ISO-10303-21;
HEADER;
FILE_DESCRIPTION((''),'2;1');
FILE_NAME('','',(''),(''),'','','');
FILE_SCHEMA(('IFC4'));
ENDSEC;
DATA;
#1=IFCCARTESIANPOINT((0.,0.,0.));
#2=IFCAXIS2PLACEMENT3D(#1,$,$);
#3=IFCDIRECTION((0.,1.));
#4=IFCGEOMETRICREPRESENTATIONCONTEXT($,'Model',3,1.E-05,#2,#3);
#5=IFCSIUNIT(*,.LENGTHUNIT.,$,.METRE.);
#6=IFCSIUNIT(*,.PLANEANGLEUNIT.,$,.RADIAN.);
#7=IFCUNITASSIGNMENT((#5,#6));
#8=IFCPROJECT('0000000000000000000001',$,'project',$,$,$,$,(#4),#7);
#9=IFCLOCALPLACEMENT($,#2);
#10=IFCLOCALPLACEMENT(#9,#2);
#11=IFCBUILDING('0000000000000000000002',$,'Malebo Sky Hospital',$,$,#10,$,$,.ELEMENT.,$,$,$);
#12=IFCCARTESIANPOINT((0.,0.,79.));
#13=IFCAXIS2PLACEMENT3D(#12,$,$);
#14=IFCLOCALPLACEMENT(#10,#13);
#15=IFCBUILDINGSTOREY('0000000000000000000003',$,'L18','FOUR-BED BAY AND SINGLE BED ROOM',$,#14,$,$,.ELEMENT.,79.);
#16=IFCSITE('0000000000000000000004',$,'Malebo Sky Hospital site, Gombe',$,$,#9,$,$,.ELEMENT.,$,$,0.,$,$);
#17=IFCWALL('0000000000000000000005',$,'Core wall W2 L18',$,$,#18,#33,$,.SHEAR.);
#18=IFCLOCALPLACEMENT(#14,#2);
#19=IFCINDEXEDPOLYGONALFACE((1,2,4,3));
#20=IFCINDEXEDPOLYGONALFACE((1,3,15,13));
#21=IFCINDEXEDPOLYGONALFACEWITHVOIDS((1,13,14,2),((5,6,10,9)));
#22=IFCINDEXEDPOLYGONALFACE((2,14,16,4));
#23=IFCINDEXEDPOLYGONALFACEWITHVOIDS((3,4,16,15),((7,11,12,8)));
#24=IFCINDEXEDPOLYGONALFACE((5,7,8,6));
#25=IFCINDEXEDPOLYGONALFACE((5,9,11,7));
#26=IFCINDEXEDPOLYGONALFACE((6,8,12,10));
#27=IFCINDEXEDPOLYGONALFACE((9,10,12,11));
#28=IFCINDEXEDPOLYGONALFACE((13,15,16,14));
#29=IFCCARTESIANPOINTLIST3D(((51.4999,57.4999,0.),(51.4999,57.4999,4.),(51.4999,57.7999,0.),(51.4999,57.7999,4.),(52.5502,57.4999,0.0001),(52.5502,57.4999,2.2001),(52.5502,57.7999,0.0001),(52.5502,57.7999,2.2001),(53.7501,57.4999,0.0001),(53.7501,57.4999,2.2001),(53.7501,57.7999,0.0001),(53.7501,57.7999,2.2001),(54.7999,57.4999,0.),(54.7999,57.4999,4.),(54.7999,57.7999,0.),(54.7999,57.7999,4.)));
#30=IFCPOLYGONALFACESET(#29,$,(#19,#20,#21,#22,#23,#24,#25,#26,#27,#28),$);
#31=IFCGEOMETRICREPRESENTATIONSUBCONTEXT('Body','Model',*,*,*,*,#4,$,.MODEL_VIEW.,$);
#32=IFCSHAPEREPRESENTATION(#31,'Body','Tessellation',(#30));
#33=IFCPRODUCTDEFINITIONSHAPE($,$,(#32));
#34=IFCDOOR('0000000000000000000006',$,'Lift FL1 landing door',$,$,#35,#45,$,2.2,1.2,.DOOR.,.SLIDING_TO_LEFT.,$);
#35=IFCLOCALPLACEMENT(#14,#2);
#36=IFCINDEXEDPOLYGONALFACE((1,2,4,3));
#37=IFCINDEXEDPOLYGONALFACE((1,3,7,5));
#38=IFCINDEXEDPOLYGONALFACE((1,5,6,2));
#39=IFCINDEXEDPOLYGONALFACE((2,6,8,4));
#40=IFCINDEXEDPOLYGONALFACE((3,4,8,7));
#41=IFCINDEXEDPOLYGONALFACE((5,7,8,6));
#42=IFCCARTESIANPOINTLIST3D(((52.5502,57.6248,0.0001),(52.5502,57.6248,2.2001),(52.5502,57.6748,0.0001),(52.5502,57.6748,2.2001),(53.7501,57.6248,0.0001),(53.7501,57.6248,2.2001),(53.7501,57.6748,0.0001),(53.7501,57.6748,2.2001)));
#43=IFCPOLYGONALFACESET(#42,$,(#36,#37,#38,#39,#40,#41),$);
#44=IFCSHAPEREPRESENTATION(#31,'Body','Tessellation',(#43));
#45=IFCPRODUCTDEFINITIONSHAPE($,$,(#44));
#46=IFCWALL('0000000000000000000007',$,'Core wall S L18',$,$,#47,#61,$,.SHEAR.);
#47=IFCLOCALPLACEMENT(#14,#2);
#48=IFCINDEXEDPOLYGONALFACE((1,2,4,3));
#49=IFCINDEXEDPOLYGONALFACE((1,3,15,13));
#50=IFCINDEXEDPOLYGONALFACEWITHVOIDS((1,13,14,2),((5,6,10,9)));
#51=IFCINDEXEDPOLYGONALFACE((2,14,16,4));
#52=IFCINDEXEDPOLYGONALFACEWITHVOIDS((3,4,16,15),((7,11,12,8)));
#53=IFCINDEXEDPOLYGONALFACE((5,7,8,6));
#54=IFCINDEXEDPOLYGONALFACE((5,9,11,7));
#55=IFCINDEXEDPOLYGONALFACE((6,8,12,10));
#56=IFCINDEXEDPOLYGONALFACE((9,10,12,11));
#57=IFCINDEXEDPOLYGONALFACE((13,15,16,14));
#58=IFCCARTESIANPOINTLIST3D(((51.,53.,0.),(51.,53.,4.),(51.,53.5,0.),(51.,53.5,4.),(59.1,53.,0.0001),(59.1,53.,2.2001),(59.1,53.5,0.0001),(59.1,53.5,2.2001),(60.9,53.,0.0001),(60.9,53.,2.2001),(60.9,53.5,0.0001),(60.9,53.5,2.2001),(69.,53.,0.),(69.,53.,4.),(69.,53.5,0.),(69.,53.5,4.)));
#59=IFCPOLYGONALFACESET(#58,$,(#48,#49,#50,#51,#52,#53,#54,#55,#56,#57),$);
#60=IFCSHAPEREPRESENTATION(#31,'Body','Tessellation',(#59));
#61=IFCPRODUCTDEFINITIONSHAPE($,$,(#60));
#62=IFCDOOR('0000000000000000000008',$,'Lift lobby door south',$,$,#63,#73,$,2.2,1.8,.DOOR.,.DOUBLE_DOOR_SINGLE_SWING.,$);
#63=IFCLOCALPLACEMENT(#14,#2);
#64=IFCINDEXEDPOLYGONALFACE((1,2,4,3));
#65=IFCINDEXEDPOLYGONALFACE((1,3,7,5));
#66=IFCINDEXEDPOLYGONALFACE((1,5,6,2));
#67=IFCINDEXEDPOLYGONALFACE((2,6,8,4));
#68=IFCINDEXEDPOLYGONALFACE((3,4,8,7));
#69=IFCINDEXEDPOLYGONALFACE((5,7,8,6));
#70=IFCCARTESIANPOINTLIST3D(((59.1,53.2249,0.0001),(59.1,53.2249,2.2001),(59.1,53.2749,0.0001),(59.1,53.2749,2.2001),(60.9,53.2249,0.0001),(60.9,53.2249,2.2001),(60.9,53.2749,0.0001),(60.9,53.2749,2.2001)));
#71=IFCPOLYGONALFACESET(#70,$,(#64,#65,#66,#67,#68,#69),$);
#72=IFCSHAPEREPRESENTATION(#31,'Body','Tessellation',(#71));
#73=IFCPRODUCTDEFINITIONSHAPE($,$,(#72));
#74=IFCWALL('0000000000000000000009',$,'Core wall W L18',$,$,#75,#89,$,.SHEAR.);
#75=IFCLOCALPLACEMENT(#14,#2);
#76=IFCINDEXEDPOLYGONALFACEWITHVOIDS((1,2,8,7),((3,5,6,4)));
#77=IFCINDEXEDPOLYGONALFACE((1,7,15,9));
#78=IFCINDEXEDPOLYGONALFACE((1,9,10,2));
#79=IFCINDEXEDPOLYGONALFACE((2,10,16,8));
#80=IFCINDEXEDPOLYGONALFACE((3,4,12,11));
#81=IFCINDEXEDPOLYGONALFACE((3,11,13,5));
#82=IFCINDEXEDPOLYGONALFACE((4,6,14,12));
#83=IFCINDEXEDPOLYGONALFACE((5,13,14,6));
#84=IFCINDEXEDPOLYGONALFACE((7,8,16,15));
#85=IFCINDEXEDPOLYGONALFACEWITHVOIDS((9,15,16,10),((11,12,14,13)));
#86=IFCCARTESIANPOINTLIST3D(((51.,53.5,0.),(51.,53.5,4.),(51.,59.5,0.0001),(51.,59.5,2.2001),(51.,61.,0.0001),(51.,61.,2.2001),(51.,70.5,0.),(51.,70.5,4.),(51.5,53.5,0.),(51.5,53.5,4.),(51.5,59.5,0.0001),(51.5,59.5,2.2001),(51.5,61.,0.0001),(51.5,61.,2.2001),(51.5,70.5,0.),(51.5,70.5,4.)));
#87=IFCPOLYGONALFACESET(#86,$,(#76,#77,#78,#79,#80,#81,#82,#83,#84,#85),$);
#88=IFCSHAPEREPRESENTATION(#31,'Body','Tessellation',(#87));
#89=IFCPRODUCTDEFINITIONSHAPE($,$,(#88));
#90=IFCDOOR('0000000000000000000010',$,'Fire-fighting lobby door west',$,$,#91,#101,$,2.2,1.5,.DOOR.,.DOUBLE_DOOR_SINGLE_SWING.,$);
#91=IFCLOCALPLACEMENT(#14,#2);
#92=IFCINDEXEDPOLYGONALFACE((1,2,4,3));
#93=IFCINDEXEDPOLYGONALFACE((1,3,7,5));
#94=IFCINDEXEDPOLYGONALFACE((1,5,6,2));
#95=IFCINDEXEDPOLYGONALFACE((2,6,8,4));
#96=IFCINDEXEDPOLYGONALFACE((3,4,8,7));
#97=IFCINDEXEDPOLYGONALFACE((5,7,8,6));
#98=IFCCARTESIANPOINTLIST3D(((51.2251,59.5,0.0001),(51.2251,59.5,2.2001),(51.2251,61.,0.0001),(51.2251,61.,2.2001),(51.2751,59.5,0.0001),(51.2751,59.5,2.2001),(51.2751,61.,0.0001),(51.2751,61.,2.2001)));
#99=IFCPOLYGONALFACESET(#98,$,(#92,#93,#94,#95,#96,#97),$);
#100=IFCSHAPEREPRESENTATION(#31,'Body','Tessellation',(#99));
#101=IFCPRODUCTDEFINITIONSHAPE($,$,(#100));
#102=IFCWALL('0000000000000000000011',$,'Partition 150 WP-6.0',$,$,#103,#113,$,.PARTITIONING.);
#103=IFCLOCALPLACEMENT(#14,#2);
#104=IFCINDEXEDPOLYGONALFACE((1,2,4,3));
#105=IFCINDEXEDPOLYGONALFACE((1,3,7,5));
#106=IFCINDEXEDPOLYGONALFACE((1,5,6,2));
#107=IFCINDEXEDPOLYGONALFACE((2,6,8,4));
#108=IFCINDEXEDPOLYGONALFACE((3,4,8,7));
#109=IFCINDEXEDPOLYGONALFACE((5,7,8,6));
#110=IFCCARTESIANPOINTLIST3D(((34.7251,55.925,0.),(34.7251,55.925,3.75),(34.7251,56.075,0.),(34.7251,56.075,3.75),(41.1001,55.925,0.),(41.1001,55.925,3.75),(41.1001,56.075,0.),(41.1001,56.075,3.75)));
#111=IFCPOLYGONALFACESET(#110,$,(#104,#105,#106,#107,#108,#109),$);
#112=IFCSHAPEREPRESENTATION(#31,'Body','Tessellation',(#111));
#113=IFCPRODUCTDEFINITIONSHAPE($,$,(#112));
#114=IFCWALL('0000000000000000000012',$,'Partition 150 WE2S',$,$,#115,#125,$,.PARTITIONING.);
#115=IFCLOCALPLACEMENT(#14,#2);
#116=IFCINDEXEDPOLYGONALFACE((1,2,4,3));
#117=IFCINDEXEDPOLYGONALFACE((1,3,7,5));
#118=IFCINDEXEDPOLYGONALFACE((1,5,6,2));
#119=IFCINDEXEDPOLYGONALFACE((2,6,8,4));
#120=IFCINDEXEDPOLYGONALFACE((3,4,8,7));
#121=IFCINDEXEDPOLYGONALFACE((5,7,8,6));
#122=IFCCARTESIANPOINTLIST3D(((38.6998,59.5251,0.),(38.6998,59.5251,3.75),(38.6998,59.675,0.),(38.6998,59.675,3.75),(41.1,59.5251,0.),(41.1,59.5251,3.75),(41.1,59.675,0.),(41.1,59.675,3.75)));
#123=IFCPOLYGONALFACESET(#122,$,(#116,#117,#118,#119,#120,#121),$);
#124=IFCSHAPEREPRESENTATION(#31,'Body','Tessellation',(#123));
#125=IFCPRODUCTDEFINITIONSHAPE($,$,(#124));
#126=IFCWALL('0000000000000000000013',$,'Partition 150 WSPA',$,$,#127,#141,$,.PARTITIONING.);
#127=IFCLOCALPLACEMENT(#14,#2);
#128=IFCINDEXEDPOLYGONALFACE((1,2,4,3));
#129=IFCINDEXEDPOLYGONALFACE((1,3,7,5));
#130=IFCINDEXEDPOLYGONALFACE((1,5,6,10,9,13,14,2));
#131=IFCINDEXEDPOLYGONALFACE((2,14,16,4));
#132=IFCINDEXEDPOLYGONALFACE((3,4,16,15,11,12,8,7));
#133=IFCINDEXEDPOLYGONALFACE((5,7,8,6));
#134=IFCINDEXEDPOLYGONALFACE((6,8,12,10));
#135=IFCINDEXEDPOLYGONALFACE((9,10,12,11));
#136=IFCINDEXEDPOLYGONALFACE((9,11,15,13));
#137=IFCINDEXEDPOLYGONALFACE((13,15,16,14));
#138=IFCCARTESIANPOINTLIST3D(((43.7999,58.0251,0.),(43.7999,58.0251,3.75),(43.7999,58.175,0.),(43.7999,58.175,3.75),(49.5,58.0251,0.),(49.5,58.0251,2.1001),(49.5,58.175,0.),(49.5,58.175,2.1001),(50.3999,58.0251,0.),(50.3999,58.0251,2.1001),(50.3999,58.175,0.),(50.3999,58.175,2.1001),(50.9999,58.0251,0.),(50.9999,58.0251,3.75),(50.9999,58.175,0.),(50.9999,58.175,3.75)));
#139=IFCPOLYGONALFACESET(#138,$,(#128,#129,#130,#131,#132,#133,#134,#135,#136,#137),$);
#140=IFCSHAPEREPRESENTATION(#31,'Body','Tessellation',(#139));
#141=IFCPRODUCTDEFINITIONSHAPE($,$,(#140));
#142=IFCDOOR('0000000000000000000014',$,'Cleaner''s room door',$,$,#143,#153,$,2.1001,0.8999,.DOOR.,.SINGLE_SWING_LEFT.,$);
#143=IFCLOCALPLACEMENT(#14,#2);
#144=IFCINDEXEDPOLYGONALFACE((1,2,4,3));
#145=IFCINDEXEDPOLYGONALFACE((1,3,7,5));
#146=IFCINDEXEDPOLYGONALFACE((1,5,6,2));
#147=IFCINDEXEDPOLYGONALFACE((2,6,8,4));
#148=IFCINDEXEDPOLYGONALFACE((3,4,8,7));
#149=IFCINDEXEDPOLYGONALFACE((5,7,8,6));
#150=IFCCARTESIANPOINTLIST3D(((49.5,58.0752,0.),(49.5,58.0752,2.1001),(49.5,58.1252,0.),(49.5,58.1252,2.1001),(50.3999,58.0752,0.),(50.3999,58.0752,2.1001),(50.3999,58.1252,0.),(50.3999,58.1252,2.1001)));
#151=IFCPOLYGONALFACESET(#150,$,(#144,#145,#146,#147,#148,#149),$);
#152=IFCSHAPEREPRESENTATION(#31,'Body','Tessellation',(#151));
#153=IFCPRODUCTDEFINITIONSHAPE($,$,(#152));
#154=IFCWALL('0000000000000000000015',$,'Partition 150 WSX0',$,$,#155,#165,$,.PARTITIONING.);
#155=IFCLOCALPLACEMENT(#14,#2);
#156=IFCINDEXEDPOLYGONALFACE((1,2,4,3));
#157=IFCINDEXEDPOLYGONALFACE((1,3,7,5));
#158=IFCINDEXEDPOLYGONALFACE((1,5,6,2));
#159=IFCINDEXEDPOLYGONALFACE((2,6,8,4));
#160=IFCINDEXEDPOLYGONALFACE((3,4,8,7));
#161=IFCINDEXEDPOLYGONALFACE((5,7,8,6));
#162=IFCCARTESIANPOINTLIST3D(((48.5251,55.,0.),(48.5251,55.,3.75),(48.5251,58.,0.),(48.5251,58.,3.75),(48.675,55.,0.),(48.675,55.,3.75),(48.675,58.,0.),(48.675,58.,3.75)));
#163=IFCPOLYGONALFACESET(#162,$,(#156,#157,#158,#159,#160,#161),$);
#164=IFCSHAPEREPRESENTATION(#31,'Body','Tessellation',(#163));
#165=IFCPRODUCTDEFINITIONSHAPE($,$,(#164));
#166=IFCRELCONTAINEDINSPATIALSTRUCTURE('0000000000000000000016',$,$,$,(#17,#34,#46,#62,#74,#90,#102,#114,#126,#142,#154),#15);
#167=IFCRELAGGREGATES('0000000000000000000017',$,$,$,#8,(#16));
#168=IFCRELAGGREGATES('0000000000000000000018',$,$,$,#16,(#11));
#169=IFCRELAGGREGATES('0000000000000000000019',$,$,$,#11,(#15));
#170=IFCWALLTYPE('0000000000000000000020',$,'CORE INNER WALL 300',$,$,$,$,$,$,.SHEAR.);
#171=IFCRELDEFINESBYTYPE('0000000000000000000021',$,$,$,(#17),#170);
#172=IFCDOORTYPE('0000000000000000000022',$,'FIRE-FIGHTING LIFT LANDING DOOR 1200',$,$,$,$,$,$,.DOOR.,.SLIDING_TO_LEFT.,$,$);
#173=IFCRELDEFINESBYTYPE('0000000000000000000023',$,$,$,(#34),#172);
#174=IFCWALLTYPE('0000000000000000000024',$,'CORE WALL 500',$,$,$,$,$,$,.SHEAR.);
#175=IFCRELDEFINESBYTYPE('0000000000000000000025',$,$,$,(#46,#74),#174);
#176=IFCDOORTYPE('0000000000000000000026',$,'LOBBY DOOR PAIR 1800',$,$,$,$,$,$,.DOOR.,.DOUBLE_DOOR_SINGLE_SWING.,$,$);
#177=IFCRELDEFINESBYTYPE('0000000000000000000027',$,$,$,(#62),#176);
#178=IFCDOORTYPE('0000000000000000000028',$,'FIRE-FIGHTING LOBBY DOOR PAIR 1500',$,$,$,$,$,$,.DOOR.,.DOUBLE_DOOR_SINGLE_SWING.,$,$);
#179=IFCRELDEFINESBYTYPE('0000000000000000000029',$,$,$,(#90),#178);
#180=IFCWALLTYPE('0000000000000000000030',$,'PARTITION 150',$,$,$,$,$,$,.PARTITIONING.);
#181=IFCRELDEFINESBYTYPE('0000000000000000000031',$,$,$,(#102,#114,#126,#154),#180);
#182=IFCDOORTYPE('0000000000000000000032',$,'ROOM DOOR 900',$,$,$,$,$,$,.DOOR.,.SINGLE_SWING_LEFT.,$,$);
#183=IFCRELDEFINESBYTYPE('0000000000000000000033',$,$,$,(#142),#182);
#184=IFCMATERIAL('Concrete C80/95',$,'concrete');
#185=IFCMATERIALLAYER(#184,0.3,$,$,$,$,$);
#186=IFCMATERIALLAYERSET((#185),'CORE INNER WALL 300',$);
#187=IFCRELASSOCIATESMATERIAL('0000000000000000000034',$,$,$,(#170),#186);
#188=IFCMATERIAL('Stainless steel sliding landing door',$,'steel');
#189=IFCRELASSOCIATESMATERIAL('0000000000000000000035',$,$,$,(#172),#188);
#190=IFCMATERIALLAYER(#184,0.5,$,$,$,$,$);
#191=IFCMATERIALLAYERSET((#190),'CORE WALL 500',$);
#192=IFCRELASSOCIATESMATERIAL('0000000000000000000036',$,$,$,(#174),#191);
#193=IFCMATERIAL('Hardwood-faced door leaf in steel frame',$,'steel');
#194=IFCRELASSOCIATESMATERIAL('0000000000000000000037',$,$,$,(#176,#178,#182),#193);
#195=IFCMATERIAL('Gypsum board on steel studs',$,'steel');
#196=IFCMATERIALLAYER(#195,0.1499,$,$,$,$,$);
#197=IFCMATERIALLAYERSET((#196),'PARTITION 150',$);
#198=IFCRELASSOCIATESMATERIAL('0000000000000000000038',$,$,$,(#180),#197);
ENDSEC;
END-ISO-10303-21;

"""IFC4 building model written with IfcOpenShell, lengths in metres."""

from ifc_helpers import new_model, si_unit, direction, frame, frame_2d, origin, place, context, subcontext, project, spatial, rectangle, extrude, material, layer, layer_set, type_object, element, fill, save


model = new_model("IFC4")

# Units and contexts
model_context = context("Model", 3, precision=1e-05, world=origin(), true_north=direction((0.0, 1.0)))
body_context = subcontext(model_context, "Body", "Model", "MODEL_VIEW")
ifc_project = project(units=[si_unit("LENGTHUNIT", "METRE"), si_unit("PLANEANGLEUNIT", "RADIAN")], contexts=[model_context])

# Site, building, storey
site_placement = place(None, origin())
site = spatial("IfcSite", under=ifc_project, at=site_placement, Name="Malebo Sky Hospital site, Gombe", CompositionType="ELEMENT", RefElevation=0.0)
building_placement = place(site_placement, origin())
building = spatial("IfcBuilding", under=site, at=building_placement, Name="Malebo Sky Hospital", CompositionType="ELEMENT")
storey_placement = place(building_placement, frame((0.0, 0.0, 79.0)))
storey = spatial("IfcBuildingStorey", under=building, at=storey_placement, Name="L18", Description="FOUR-BED BAY AND SINGLE BED ROOM", CompositionType="ELEMENT", Elevation=79.0)

# Shared definitions
ifc_material_1 = material(Name="Concrete C80/95", Category="concrete")
ifc_material_2 = material(Name="Stainless steel sliding landing door", Category="steel")

# Shared definitions
ifc_layer_1 = layer(ifc_material_1, 0.3)
ifc_layer_set_1 = layer_set([ifc_layer_1], Name="CORE INNER WALL 300")
wall_type_1 = type_object("IfcWallType", Name="CORE INNER WALL 300", PredefinedType="SHEAR", material=ifc_layer_set_1)

# Walls, openings, doors
wall_1_placement = place(storey_placement, frame((51.5, 57.6499, 0.0), z_axis=(0.0, 0.0, 1.0), x_axis=(1.0, 0.0, 0.0)))
wall_1 = element("IfcWall", 1, at=wall_1_placement, inside=storey, type_object=wall_type_1, Name="Core wall W2 L18", PredefinedType="SHEAR", context=body_context, shape_type="SweptSolid", body=[
    extrude(rectangle(XDim=3.3, YDim=0.3, at=frame_2d((1.6499, 0.0))), origin(), (0.0, 0.0, 1.0), 4.0),
])
opening_1_placement = place(wall_1_placement, frame((1.05, 0.0, 0.0)))
opening_1 = element("IfcOpeningElement", 2, at=opening_1_placement, cuts=wall_1, PredefinedType="OPENING", context=body_context, shape_type="SweptSolid", body=[
    extrude(rectangle(XDim=1.2, YDim=2.2, at=frame_2d((0.6001, 1.1001))), frame((0.0, 0.1599, 0.0), z_axis=(0.0, -1.0, 0.0), x_axis=(1.0, 0.0, 0.0)), (0.0, 0.0, 1.0), 0.3201),
])
door_type_1 = type_object("IfcDoorType", Name="FIRE-FIGHTING LIFT LANDING DOOR 1200", OperationType="SLIDING_TO_LEFT", PredefinedType="DOOR", material=ifc_material_2)
door_1_placement = place(opening_1_placement, origin())
door_1 = element("IfcDoor", 3, at=door_1_placement, inside=storey, type_object=door_type_1, Name="Lift FL1 landing door", OperationType="SLIDING_TO_LEFT", OverallHeight=2.2, OverallWidth=1.2, PredefinedType="DOOR", context=body_context, shape_type="SweptSolid", body=[
    extrude(rectangle(XDim=1.2, YDim=2.2, at=frame_2d((0.6001, 1.1001))), frame((0.0, 0.0249, 0.0), z_axis=(0.0, -1.0, 0.0), x_axis=(1.0, 0.0, 0.0)), (0.0, 0.0, 1.0), 0.05),
])
fill(opening_1, door_1)
ifc_layer_2 = layer(ifc_material_1, 0.5)
ifc_layer_set_2 = layer_set([ifc_layer_2], Name="CORE WALL 500")
wall_type_2 = type_object("IfcWallType", Name="CORE WALL 500", PredefinedType="SHEAR", material=ifc_layer_set_2)
wall_2_placement = place(storey_placement, frame((51.0, 53.25, 0.0), z_axis=(0.0, 0.0, 1.0), x_axis=(1.0, 0.0, 0.0)))
wall_2 = element("IfcWall", 4, at=wall_2_placement, inside=storey, type_object=wall_type_2, Name="Core wall S L18", PredefinedType="SHEAR", context=body_context, shape_type="SweptSolid", body=[
    extrude(rectangle(XDim=18.0, YDim=0.5, at=frame_2d((9.0, 0.0))), origin(), (0.0, 0.0, 1.0), 4.0),
])
opening_2_placement = place(wall_2_placement, frame((8.1001, 0.0, 0.0)))
opening_2 = element("IfcOpeningElement", 5, at=opening_2_placement, cuts=wall_2, PredefinedType="OPENING", context=body_context, shape_type="SweptSolid", body=[
    extrude(rectangle(XDim=1.8, YDim=2.2, at=frame_2d((0.8999, 1.1001))), frame((0.0, 0.26, 0.0), z_axis=(0.0, -1.0, 0.0), x_axis=(1.0, 0.0, 0.0)), (0.0, 0.0, 1.0), 0.52),
])
ifc_material_3 = material(Name="Hardwood-faced door leaf in steel frame", Category="steel")
door_type_2 = type_object("IfcDoorType", Name="LOBBY DOOR PAIR 1800", OperationType="DOUBLE_DOOR_SINGLE_SWING", PredefinedType="DOOR", material=ifc_material_3)
door_2_placement = place(opening_2_placement, origin())
door_2 = element("IfcDoor", 6, at=door_2_placement, inside=storey, type_object=door_type_2, Name="Lift lobby door south", OperationType="DOUBLE_DOOR_SINGLE_SWING", OverallHeight=2.2, OverallWidth=1.8, PredefinedType="DOOR", context=body_context, shape_type="SweptSolid", body=[
    extrude(rectangle(XDim=1.8, YDim=2.2, at=frame_2d((0.8999, 1.1001))), frame((0.0, 0.0249, 0.0), z_axis=(0.0, -1.0, 0.0), x_axis=(1.0, 0.0, 0.0)), (0.0, 0.0, 1.0), 0.05),
])
fill(opening_2, door_2)
wall_3_placement = place(storey_placement, frame((51.25, 53.5, 0.0), z_axis=(0.0, 0.0, 1.0), x_axis=(0.0, 1.0, 0.0)))
wall_3 = element("IfcWall", 7, at=wall_3_placement, inside=storey, type_object=wall_type_2, Name="Core wall W L18", PredefinedType="SHEAR", context=body_context, shape_type="SweptSolid", body=[
    extrude(rectangle(XDim=17.0, YDim=0.5, at=frame_2d((8.5, 0.0))), origin(), (0.0, 0.0, 1.0), 4.0),
])
opening_3_placement = place(wall_3_placement, frame((6.0, 0.0, 0.0)))
opening_3 = element("IfcOpeningElement", 8, at=opening_3_placement, cuts=wall_3, PredefinedType="OPENING", context=body_context, shape_type="SweptSolid", body=[
    extrude(rectangle(XDim=1.5, YDim=2.2, at=frame_2d((0.75, 1.1001))), frame((0.0, 0.26, 0.0), z_axis=(0.0, -1.0, 0.0), x_axis=(1.0, 0.0, 0.0)), (0.0, 0.0, 1.0), 0.52),
])
door_type_3 = type_object("IfcDoorType", Name="FIRE-FIGHTING LOBBY DOOR PAIR 1500", OperationType="DOUBLE_DOOR_SINGLE_SWING", PredefinedType="DOOR", material=ifc_material_3)
door_3_placement = place(opening_3_placement, origin())
door_3 = element("IfcDoor", 9, at=door_3_placement, inside=storey, type_object=door_type_3, Name="Fire-fighting lobby door west", OperationType="DOUBLE_DOOR_SINGLE_SWING", OverallHeight=2.2, OverallWidth=1.5, PredefinedType="DOOR", context=body_context, shape_type="SweptSolid", body=[
    extrude(rectangle(XDim=1.5, YDim=2.2, at=frame_2d((0.75, 1.1001))), frame((0.0, 0.0249, 0.0), z_axis=(0.0, -1.0, 0.0), x_axis=(1.0, 0.0, 0.0)), (0.0, 0.0, 1.0), 0.05),
])
fill(opening_3, door_3)

# Walls
ifc_material_4 = material(Name="Gypsum board on steel studs", Category="steel")
ifc_layer_3 = layer(ifc_material_4, 0.1499)
ifc_layer_set_3 = layer_set([ifc_layer_3], Name="PARTITION 150")
wall_type_3 = type_object("IfcWallType", Name="PARTITION 150", PredefinedType="PARTITIONING", material=ifc_layer_set_3)
wall_4_placement = place(storey_placement, frame((41.1001, 56.0, 0.0), z_axis=(0.0, 0.0, 1.0), x_axis=(-1.0, 0.0, 0.0)))
element("IfcWall", 10, at=wall_4_placement, inside=storey, type_object=wall_type_3, Name="Partition 150 WP-6.0", PredefinedType="PARTITIONING", context=body_context, shape_type="SweptSolid", body=[
    extrude(rectangle(XDim=6.375, YDim=0.1499, at=frame_2d((3.1875, 0.0))), origin(), (0.0, 0.0, 1.0), 3.75),
])
wall_5_placement = place(storey_placement, frame((41.1001, 59.6001, 0.0), z_axis=(0.0, 0.0, 1.0), x_axis=(-1.0, 0.0, 0.0)))
element("IfcWall", 11, at=wall_5_placement, inside=storey, type_object=wall_type_3, Name="Partition 150 WE2S", PredefinedType="PARTITIONING", context=body_context, shape_type="SweptSolid", body=[
    extrude(rectangle(XDim=2.4001, YDim=0.1499, at=frame_2d((1.2002, 0.0))), origin(), (0.0, 0.0, 1.0), 3.75),
])

# Wall, opening, door
wall_6_placement = place(storey_placement, frame((51.0, 58.1001, 0.0), z_axis=(0.0, 0.0, 1.0), x_axis=(-1.0, 0.0, 0.0)))
wall_6 = element("IfcWall", 12, at=wall_6_placement, inside=storey, type_object=wall_type_3, Name="Partition 150 WSPA", PredefinedType="PARTITIONING", context=body_context, shape_type="SweptSolid", body=[
    extrude(rectangle(XDim=7.2, YDim=0.1499, at=frame_2d((3.6001, 0.0))), origin(), (0.0, 0.0, 1.0), 3.75),
])
opening_4_placement = place(wall_6_placement, frame((0.6001, 0.0, 0.0)))
opening_4 = element("IfcOpeningElement", 13, at=opening_4_placement, cuts=wall_6, PredefinedType="OPENING", context=body_context, shape_type="SweptSolid", body=[
    extrude(rectangle(XDim=0.8999, YDim=2.1001, at=frame_2d((0.45, 1.05))), frame((0.0, 0.085, 0.0), z_axis=(0.0, -1.0, 0.0), x_axis=(1.0, 0.0, 0.0)), (0.0, 0.0, 1.0), 0.1699),
])
door_type_4 = type_object("IfcDoorType", Name="ROOM DOOR 900", OperationType="SINGLE_SWING_LEFT", PredefinedType="DOOR", material=ifc_material_3)
door_4_placement = place(opening_4_placement, origin())
door_4 = element("IfcDoor", 14, at=door_4_placement, inside=storey, type_object=door_type_4, Name="Cleaner's room door", OperationType="SINGLE_SWING_LEFT", OverallHeight=2.1001, OverallWidth=0.8999, PredefinedType="DOOR", context=body_context, shape_type="SweptSolid", body=[
    extrude(rectangle(XDim=0.8999, YDim=2.1001, at=frame_2d((0.45, 1.05))), frame((0.0, 0.0249, 0.0), z_axis=(0.0, -1.0, 0.0), x_axis=(1.0, 0.0, 0.0)), (0.0, 0.0, 1.0), 0.05),
])
fill(opening_4, door_4)

# Wall
wall_7_placement = place(storey_placement, frame((48.6001, 55.0, 0.0), z_axis=(0.0, 0.0, 1.0), x_axis=(0.0, 1.0, 0.0)))
element("IfcWall", 15, at=wall_7_placement, inside=storey, type_object=wall_type_3, Name="Partition 150 WSX0", PredefinedType="PARTITIONING", context=body_context, shape_type="SweptSolid", body=[
    extrude(rectangle(XDim=3.0, YDim=0.1499, at=frame_2d((1.5, 0.0))), origin(), (0.0, 0.0, 1.0), 3.75),
])

save(model, "model.ifc")
